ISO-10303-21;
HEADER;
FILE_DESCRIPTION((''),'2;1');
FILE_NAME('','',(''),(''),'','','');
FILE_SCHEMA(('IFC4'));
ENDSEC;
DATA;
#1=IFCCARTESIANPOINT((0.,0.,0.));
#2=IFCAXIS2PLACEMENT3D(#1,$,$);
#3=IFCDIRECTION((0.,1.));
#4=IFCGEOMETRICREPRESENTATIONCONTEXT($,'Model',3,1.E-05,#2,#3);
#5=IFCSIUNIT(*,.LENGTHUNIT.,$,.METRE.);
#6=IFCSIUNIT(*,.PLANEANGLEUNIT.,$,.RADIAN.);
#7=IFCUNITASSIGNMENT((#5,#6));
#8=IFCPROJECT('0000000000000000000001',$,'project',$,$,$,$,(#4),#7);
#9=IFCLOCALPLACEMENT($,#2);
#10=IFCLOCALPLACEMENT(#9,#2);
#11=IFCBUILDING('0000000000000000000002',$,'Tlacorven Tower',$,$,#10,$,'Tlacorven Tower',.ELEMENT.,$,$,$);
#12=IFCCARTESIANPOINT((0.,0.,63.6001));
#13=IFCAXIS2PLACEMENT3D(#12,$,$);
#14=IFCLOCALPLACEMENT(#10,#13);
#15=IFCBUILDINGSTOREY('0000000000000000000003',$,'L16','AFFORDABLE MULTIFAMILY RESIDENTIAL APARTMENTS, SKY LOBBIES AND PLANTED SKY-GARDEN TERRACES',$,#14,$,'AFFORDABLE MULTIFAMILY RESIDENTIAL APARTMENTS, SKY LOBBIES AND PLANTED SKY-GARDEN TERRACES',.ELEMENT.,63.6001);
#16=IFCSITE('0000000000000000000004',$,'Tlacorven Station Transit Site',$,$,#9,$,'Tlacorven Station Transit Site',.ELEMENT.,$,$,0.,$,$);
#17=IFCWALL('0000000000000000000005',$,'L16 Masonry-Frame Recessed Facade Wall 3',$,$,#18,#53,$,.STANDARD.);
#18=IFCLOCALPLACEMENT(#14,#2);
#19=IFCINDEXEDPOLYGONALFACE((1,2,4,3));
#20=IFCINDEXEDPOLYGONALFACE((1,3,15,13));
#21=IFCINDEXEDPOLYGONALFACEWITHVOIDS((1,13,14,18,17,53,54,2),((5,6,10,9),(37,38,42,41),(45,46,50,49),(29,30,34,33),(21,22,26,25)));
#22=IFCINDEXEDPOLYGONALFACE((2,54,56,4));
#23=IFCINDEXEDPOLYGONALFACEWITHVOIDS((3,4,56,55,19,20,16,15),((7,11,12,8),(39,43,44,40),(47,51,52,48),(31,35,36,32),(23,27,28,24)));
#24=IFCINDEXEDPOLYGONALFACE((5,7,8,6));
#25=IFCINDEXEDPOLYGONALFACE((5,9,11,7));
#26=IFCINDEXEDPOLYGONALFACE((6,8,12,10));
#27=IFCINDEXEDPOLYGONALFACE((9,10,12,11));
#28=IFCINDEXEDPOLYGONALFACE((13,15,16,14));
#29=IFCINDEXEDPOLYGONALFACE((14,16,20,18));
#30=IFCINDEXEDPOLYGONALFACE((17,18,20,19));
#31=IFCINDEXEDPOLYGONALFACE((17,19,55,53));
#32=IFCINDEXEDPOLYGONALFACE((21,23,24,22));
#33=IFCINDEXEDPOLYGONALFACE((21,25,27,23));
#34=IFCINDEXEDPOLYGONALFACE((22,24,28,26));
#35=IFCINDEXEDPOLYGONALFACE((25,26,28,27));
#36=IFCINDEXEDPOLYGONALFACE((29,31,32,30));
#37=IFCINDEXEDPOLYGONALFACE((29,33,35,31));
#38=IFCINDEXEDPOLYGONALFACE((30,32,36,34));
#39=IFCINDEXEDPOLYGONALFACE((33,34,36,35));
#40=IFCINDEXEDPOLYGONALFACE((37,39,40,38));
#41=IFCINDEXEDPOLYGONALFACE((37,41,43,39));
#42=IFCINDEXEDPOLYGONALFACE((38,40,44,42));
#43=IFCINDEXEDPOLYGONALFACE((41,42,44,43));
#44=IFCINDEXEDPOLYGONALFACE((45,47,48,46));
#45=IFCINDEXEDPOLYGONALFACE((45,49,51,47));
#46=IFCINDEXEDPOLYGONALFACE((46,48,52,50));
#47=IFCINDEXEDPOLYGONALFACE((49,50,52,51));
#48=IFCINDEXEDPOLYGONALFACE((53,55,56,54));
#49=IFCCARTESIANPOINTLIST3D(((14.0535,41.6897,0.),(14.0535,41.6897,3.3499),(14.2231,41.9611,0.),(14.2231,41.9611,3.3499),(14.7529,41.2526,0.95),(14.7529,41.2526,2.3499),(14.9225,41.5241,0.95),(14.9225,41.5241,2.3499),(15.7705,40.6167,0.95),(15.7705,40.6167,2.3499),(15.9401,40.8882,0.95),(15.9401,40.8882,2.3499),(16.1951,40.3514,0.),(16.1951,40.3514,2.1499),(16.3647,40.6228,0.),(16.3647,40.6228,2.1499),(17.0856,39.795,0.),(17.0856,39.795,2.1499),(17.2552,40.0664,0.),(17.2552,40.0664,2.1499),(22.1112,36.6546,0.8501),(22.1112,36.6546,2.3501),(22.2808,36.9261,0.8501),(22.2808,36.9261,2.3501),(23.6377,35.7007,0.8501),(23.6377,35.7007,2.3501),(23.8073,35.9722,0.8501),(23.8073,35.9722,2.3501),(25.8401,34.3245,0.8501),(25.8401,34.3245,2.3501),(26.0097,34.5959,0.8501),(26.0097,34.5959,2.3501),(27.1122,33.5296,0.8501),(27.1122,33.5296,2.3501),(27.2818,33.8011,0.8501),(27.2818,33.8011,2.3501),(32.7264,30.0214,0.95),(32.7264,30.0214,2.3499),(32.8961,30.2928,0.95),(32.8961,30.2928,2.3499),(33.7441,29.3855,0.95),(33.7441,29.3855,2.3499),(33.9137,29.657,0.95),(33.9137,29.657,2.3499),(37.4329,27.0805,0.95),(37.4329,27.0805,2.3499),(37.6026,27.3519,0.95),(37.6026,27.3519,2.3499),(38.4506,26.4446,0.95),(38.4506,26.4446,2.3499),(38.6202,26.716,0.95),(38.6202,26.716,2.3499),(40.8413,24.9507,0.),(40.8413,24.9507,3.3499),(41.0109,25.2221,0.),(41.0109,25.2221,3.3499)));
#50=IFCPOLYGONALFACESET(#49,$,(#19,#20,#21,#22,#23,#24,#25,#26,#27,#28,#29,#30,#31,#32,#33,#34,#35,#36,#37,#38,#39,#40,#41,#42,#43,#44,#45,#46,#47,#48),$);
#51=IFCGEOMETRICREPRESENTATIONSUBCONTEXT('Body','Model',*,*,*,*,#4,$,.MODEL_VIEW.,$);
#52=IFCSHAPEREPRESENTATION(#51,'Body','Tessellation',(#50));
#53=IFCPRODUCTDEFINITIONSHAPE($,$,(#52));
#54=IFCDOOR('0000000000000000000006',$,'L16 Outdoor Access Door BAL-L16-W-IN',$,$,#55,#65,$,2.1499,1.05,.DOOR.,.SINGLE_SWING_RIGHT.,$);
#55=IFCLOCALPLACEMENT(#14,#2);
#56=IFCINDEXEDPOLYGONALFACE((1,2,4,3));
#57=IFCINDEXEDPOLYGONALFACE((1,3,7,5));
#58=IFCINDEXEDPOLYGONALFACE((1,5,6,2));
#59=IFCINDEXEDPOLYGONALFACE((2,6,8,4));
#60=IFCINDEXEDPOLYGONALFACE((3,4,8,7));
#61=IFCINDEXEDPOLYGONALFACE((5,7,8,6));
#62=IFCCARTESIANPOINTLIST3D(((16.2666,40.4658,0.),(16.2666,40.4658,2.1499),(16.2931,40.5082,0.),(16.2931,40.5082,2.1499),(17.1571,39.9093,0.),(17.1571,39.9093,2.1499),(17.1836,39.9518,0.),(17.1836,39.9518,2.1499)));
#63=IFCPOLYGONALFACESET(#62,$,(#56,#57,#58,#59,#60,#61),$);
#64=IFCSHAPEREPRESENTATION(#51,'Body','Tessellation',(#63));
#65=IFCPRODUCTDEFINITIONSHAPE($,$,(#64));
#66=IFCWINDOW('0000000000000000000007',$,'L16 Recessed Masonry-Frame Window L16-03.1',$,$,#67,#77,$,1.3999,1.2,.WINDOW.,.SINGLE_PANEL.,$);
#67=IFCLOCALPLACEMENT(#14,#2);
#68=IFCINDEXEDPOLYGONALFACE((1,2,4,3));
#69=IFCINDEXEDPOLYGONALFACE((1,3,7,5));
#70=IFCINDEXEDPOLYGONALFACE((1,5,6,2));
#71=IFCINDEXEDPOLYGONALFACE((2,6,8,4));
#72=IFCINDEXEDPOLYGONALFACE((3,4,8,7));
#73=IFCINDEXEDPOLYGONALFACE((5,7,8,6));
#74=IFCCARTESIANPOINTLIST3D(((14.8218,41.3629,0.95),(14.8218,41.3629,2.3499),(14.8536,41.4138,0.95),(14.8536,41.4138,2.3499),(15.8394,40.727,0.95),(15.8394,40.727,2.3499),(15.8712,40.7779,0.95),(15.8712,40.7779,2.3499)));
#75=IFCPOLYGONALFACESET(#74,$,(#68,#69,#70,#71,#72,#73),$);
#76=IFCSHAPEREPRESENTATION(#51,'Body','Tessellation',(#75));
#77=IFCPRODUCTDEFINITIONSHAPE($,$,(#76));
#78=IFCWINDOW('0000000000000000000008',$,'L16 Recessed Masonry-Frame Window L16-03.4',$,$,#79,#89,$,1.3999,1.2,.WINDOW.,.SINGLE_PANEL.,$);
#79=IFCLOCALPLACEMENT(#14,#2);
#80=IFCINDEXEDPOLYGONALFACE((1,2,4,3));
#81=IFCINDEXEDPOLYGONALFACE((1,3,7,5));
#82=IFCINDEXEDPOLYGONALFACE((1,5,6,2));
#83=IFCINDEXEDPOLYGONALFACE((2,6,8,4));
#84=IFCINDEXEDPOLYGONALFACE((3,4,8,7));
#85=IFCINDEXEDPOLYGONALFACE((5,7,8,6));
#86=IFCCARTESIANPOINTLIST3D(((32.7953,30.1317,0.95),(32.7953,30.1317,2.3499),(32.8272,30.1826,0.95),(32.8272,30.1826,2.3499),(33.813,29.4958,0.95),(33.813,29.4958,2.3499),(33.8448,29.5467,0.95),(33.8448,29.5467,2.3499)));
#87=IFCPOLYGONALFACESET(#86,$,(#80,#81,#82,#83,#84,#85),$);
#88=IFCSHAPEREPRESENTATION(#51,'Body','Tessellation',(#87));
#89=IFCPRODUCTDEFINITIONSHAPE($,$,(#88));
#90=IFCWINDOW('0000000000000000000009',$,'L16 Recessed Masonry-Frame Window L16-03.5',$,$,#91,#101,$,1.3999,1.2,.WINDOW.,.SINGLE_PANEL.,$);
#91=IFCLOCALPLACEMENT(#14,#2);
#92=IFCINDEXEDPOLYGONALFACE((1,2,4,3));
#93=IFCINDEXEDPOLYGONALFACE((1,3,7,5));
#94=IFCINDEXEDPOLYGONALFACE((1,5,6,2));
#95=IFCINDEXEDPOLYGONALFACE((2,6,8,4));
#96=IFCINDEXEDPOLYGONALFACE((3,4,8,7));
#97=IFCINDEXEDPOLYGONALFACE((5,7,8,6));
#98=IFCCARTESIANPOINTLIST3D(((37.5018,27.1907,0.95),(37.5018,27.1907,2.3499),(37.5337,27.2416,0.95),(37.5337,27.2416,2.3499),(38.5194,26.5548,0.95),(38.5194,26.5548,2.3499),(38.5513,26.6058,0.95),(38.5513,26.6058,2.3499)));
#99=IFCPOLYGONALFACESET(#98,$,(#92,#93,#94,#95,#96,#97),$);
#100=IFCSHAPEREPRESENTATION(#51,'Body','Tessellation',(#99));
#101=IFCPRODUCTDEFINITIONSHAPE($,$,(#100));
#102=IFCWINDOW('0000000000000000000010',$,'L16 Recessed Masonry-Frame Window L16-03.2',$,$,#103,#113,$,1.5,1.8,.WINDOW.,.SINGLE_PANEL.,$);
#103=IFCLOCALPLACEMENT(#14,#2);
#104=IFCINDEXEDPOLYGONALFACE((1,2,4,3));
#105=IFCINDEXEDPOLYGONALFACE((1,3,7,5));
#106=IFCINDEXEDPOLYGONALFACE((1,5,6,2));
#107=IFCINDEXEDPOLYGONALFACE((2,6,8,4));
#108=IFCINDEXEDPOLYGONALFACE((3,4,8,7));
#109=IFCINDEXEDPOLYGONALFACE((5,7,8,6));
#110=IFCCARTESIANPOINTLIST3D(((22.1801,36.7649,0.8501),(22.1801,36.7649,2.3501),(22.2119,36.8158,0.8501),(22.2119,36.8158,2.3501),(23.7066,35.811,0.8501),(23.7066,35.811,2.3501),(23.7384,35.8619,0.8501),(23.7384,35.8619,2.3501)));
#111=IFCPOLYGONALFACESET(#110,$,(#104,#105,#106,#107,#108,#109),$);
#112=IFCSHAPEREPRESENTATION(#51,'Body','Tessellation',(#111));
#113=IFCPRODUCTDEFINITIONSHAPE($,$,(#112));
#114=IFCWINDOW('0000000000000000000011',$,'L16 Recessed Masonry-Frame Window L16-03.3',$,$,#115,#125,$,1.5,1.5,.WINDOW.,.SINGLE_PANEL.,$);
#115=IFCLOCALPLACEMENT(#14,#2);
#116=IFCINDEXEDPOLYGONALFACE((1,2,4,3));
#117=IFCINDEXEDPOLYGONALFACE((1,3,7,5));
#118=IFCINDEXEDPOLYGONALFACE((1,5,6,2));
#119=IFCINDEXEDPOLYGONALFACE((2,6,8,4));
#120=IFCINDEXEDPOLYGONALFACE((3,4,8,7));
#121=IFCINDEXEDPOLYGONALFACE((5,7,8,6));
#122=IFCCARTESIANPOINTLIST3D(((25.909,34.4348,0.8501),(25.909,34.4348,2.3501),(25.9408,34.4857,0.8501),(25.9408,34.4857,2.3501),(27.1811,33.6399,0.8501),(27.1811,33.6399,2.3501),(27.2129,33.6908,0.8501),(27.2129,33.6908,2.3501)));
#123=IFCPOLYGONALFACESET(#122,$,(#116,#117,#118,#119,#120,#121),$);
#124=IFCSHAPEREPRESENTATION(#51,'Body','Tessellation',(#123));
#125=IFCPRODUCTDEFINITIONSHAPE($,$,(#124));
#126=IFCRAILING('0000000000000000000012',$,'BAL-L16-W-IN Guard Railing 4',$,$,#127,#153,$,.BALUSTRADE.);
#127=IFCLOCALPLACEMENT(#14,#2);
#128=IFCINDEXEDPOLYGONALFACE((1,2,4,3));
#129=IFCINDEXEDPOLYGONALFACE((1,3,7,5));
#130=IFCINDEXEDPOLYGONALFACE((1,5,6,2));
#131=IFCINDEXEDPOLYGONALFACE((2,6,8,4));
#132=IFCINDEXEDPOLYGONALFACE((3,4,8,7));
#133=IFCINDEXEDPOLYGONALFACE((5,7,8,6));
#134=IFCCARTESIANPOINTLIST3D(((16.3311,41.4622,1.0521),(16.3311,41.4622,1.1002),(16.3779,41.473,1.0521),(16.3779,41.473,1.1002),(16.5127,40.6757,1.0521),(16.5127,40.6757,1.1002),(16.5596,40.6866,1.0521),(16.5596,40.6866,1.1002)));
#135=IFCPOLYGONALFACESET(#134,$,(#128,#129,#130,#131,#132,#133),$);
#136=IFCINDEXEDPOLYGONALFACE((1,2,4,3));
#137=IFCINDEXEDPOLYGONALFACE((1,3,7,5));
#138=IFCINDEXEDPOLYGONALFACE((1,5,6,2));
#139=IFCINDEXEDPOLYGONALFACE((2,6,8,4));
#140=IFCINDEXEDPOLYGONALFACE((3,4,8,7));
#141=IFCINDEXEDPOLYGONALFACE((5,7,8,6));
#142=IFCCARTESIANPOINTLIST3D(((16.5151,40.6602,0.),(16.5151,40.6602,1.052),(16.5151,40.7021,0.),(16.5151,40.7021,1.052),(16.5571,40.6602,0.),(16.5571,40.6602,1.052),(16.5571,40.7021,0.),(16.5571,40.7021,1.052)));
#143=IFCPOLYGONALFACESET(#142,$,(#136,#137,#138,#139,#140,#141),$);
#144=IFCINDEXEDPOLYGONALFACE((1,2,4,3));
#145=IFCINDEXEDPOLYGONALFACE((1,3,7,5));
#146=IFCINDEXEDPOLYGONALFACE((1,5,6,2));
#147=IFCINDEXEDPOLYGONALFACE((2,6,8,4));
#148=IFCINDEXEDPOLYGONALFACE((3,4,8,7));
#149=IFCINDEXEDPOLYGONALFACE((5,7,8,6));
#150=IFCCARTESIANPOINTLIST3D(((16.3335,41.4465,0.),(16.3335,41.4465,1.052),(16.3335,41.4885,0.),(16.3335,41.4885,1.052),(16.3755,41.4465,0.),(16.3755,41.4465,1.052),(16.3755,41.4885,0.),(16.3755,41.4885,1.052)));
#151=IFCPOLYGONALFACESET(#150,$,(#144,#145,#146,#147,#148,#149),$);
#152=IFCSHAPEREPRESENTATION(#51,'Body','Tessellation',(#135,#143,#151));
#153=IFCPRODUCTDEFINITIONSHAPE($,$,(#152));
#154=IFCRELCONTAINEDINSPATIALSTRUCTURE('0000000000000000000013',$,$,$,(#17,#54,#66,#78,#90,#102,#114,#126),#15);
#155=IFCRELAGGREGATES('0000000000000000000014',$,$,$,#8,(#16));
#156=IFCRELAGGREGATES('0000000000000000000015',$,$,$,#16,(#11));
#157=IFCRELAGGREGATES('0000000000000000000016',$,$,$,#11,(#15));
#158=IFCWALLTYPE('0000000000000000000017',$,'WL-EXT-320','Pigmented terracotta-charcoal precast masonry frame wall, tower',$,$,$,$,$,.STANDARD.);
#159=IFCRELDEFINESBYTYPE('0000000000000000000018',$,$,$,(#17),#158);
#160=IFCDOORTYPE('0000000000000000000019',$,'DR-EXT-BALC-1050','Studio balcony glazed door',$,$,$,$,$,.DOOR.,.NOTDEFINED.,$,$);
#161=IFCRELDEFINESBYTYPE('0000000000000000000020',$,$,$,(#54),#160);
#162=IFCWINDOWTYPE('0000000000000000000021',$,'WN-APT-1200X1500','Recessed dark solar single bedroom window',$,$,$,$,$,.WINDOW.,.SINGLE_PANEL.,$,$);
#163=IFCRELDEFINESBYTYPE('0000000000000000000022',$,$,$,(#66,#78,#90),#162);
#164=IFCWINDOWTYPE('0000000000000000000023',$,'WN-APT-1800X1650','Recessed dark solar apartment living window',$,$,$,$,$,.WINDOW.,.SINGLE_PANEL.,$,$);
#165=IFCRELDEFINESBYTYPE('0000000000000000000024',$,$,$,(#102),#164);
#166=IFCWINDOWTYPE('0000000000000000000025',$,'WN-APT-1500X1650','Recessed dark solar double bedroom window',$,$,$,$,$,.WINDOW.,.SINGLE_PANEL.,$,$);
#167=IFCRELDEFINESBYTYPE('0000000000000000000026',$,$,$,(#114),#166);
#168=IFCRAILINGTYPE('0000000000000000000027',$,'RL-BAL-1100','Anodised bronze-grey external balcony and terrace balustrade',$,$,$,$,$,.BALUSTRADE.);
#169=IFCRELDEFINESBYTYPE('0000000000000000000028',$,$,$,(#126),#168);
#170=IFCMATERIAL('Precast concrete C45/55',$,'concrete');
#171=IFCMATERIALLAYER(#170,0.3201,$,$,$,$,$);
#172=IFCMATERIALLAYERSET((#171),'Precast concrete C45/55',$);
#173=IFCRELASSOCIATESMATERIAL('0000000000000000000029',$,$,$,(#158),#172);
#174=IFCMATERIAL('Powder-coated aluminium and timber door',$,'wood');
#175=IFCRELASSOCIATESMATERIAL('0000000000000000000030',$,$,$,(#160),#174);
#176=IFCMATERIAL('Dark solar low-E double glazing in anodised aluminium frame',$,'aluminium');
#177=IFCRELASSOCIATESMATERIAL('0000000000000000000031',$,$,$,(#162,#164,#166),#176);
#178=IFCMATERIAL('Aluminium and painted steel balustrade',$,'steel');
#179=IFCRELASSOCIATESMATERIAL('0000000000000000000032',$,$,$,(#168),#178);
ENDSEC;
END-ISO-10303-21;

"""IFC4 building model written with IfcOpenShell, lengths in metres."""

from ifc_helpers import new_model, si_unit, direction, frame, frame_2d, origin, origin_2d, place, context, subcontext, project, spatial, rectangle, extrude, source, transform, mapped, material, layer, layer_set, type_object, element, fill, save


model = new_model("IFC4")

# Units and contexts
model_context = context("Model", 3, precision=1e-05, world=origin(), true_north=direction((0.0, 1.0)))
body_context = subcontext(model_context, "Body", "Model", "MODEL_VIEW")
ifc_project = project(units=[si_unit("LENGTHUNIT", "METRE"), si_unit("PLANEANGLEUNIT", "RADIAN")], contexts=[model_context])

# Site, building, storey
site_placement = place(None, origin())
site = spatial("IfcSite", under=ifc_project, at=site_placement, Name="Tlacorven Station Transit Site", LongName="Tlacorven Station Transit Site", CompositionType="ELEMENT", RefElevation=0.0)
building_placement = place(site_placement, origin())
building = spatial("IfcBuilding", under=site, at=building_placement, Name="Tlacorven Tower", LongName="Tlacorven Tower", CompositionType="ELEMENT")
storey_placement = place(building_placement, frame((0.0, 0.0, 63.6001)))
storey = spatial("IfcBuildingStorey", under=building, at=storey_placement, Name="L16", Description="AFFORDABLE MULTIFAMILY RESIDENTIAL APARTMENTS, SKY LOBBIES AND PLANTED SKY-GARDEN TERRACES", LongName="AFFORDABLE MULTIFAMILY RESIDENTIAL APARTMENTS, SKY LOBBIES AND PLANTED SKY-GARDEN TERRACES", CompositionType="ELEMENT", Elevation=63.6001)

# Wall, openings, door, windows
ifc_material_1 = material(Name="Precast concrete C45/55", Category="concrete")
ifc_layer_1 = layer(ifc_material_1, 0.3201)
ifc_layer_set_1 = layer_set([ifc_layer_1], Name="Precast concrete C45/55")
wall_type_1 = type_object("IfcWallType", Name="WL-EXT-320", Description="Pigmented terracotta-charcoal precast masonry frame wall, tower", PredefinedType="STANDARD", material=ifc_layer_set_1)
wall_1_placement = place(storey_placement, frame((14.1382, 41.8254, 0.0), z_axis=(0.0, 0.0, 1.0), x_axis=(0.848046, -0.529922, 0.0)))
wall_1 = element("IfcWall", 1, at=wall_1_placement, inside=storey, type_object=wall_type_1, Name="L16 Masonry-Frame Recessed Facade Wall 3", PredefinedType="STANDARD", context=body_context, shape_type="SweptSolid", body=[
    extrude(rectangle(XDim=31.5876, YDim=0.3201, at=frame_2d((15.7939, 0.0))), origin(), (0.0, 0.0, 1.0), 3.3499),
])
opening_1_placement = place(wall_1_placement, frame((2.5256, 0.0, 0.0)))
opening_1 = element("IfcOpeningElement", 2, at=opening_1_placement, cuts=wall_1, PredefinedType="OPENING", context=body_context, shape_type="SweptSolid", body=[
    extrude(rectangle(XDim=1.05, YDim=2.1499, at=frame_2d((0.5249, 1.075))), frame((0.0, 0.1699, 0.0), z_axis=(0.0, -1.0, 0.0), x_axis=(1.0, 0.0, 0.0)), (0.0, 0.0, 1.0), 0.3401),
])
opening_2_placement = place(wall_1_placement, frame((0.8247, 0.0, 0.95)))
opening_2 = element("IfcOpeningElement", 3, at=opening_2_placement, cuts=wall_1, PredefinedType="OPENING", context=body_context, shape_type="SweptSolid", body=[
    extrude(rectangle(XDim=1.2, YDim=1.3999, at=frame_2d((0.6001, 0.7))), frame((0.0, 0.1699, 0.0), z_axis=(0.0, -1.0, 0.0), x_axis=(1.0, 0.0, 0.0)), (0.0, 0.0, 1.0), 0.3401),
])
opening_3_placement = place(wall_1_placement, frame((9.5017, 0.0, 0.8501)))
opening_3 = element("IfcOpeningElement", 4, at=opening_3_placement, cuts=wall_1, PredefinedType="OPENING", context=body_context, shape_type="SweptSolid", body=[
    extrude(rectangle(XDim=1.8, YDim=1.5, at=frame_2d((0.8999, 0.75))), frame((0.0, 0.1699, 0.0), z_axis=(0.0, -1.0, 0.0), x_axis=(1.0, 0.0, 0.0)), (0.0, 0.0, 1.0), 0.3401),
])
opening_4_placement = place(wall_1_placement, frame((13.8987, 0.0, 0.8501)))
opening_4 = element("IfcOpeningElement", 5, at=opening_4_placement, cuts=wall_1, PredefinedType="OPENING", context=body_context, shape_type="SweptSolid", body=[
    extrude(rectangle(XDim=1.5, YDim=1.5, at=frame_2d((0.75, 0.75))), frame((0.0, 0.1699, 0.0), z_axis=(0.0, -1.0, 0.0), x_axis=(1.0, 0.0, 0.0)), (0.0, 0.0, 1.0), 0.3401),
])
opening_5_placement = place(wall_1_placement, frame((22.0188, 0.0, 0.95)))
opening_5 = element("IfcOpeningElement", 6, at=opening_5_placement, cuts=wall_1, PredefinedType="OPENING", context=body_context, shape_type="SweptSolid", body=[
    extrude(rectangle(XDim=1.2, YDim=1.3999, at=frame_2d((0.6001, 0.7))), frame((0.0, 0.1699, 0.0), z_axis=(0.0, -1.0, 0.0), x_axis=(1.0, 0.0, 0.0)), (0.0, 0.0, 1.0), 0.3401),
])
opening_6_placement = place(wall_1_placement, frame((27.5686, 0.0, 0.95)))
opening_6 = element("IfcOpeningElement", 7, at=opening_6_placement, cuts=wall_1, PredefinedType="OPENING", context=body_context, shape_type="SweptSolid", body=[
    extrude(rectangle(XDim=1.2, YDim=1.3999, at=frame_2d((0.6001, 0.7))), frame((0.0, 0.1699, 0.0), z_axis=(0.0, -1.0, 0.0), x_axis=(1.0, 0.0, 0.0)), (0.0, 0.0, 1.0), 0.3401),
])
ifc_material_2 = material(Name="Powder-coated aluminium and timber door", Category="wood")
door_type = type_object("IfcDoorType", Name="DR-EXT-BALC-1050", Description="Studio balcony glazed door", OperationType="NOTDEFINED", PredefinedType="DOOR", material=ifc_material_2)
shared_shape_1 = source(origin(), body_context, "Body", "SweptSolid", [
    extrude(rectangle(XDim=1.05, YDim=2.1499, at=frame_2d((0.5249, 1.075))), frame((0.0, 0.0249, 0.0), z_axis=(0.0, -1.0, 0.0), x_axis=(1.0, 0.0, 0.0)), (0.0, 0.0, 1.0), 0.05),
])
door_placement = place(opening_1_placement, origin())
door = element("IfcDoor", 8, at=door_placement, inside=storey, type_object=door_type, Name="L16 Outdoor Access Door BAL-L16-W-IN", OperationType="SINGLE_SWING_RIGHT", OverallHeight=2.1499, OverallWidth=1.05, PredefinedType="DOOR", context=body_context, shape_type="MappedRepresentation", body=[
    mapped(shared_shape_1, transform((0.0, 0.0, 0.0), scale=1.0)),
])
fill(opening_1, door)
ifc_material_3 = material(Name="Dark solar low-E double glazing in anodised aluminium frame", Category="aluminium")
window_type_1 = type_object("IfcWindowType", Name="WN-APT-1200X1500", Description="Recessed dark solar single bedroom window", PartitioningType="SINGLE_PANEL", PredefinedType="WINDOW", material=ifc_material_3)
shared_shape_2 = source(origin(), body_context, "Body", "SweptSolid", [
    extrude(rectangle(XDim=1.2, YDim=1.3999, at=frame_2d((0.6001, 0.7))), frame((0.0, 0.03, 0.0), z_axis=(0.0, -1.0, 0.0), x_axis=(1.0, 0.0, 0.0)), (0.0, 0.0, 1.0), 0.0601),
])
window_1_placement = place(opening_2_placement, origin())
window_1 = element("IfcWindow", 9, at=window_1_placement, inside=storey, type_object=window_type_1, Name="L16 Recessed Masonry-Frame Window L16-03.1", OverallHeight=1.3999, OverallWidth=1.2, PartitioningType="SINGLE_PANEL", PredefinedType="WINDOW", context=body_context, shape_type="MappedRepresentation", body=[
    mapped(shared_shape_2, transform((0.0, 0.0, 0.0), scale=1.0)),
])
fill(opening_2, window_1)
window_2_placement = place(opening_5_placement, origin())
window_2 = element("IfcWindow", 10, at=window_2_placement, inside=storey, type_object=window_type_1, Name="L16 Recessed Masonry-Frame Window L16-03.4", OverallHeight=1.3999, OverallWidth=1.2, PartitioningType="SINGLE_PANEL", PredefinedType="WINDOW", context=body_context, shape_type="MappedRepresentation", body=[
    mapped(shared_shape_2, transform((0.0, 0.0, 0.0), scale=1.0)),
])
fill(opening_5, window_2)
window_3_placement = place(opening_6_placement, origin())
window_3 = element("IfcWindow", 11, at=window_3_placement, inside=storey, type_object=window_type_1, Name="L16 Recessed Masonry-Frame Window L16-03.5", OverallHeight=1.3999, OverallWidth=1.2, PartitioningType="SINGLE_PANEL", PredefinedType="WINDOW", context=body_context, shape_type="MappedRepresentation", body=[
    mapped(shared_shape_2, transform((0.0, 0.0, 0.0), scale=1.0)),
])
fill(opening_6, window_3)
window_type_2 = type_object("IfcWindowType", Name="WN-APT-1800X1650", Description="Recessed dark solar apartment living window", PartitioningType="SINGLE_PANEL", PredefinedType="WINDOW", material=ifc_material_3)
shared_shape_3 = source(origin(), body_context, "Body", "SweptSolid", [
    extrude(rectangle(XDim=1.8, YDim=1.5, at=frame_2d((0.8999, 0.75))), frame((0.0, 0.03, 0.0), z_axis=(0.0, -1.0, 0.0), x_axis=(1.0, 0.0, 0.0)), (0.0, 0.0, 1.0), 0.0601),
])
window_4_placement = place(opening_3_placement, origin())
window_4 = element("IfcWindow", 12, at=window_4_placement, inside=storey, type_object=window_type_2, Name="L16 Recessed Masonry-Frame Window L16-03.2", OverallHeight=1.5, OverallWidth=1.8, PartitioningType="SINGLE_PANEL", PredefinedType="WINDOW", context=body_context, shape_type="MappedRepresentation", body=[
    mapped(shared_shape_3, transform((0.0, 0.0, 0.0), scale=1.0)),
])
fill(opening_3, window_4)
window_type_3 = type_object("IfcWindowType", Name="WN-APT-1500X1650", Description="Recessed dark solar double bedroom window", PartitioningType="SINGLE_PANEL", PredefinedType="WINDOW", material=ifc_material_3)
shared_shape_4 = source(origin(), body_context, "Body", "SweptSolid", [
    extrude(rectangle(XDim=1.5, YDim=1.5, at=frame_2d((0.75, 0.75))), frame((0.0, 0.03, 0.0), z_axis=(0.0, -1.0, 0.0), x_axis=(1.0, 0.0, 0.0)), (0.0, 0.0, 1.0), 0.0601),
])
window_5_placement = place(opening_4_placement, origin())
window_5 = element("IfcWindow", 13, at=window_5_placement, inside=storey, type_object=window_type_3, Name="L16 Recessed Masonry-Frame Window L16-03.3", OverallHeight=1.5, OverallWidth=1.5, PartitioningType="SINGLE_PANEL", PredefinedType="WINDOW", context=body_context, shape_type="MappedRepresentation", body=[
    mapped(shared_shape_4, transform((0.0, 0.0, 0.0), scale=1.0)),
])
fill(opening_4, window_5)

# Railing
ifc_material_4 = material(Name="Aluminium and painted steel balustrade", Category="steel")
railing_type = type_object("IfcRailingType", Name="RL-BAL-1100", Description="Anodised bronze-grey external balcony and terrace balustrade", PredefinedType="BALUSTRADE", material=ifc_material_4)
shared_shape_5 = source(origin(), body_context, "Body", "SweptSolid", [
    extrude(rectangle(XDim=0.0481, YDim=0.0481, at=origin_2d()), frame((0.0, 0.0, 1.0762), z_axis=(-0.225058, 0.974345, 0.0), x_axis=(-0.974345, -0.225058, 0.0)), (0.0, 0.0, 1.0), 0.8071),
    extrude(rectangle(XDim=0.042, YDim=0.042, at=origin_2d()), origin(), (0.0, 0.0, 1.0), 1.052),
    extrude(rectangle(XDim=0.042, YDim=0.042, at=origin_2d()), frame((-0.1816, 0.7864, 0.0)), (0.0, 0.0, 1.0), 1.052),
])
railing_1_placement = place(storey_placement, frame((16.5361, 40.6812, 0.0)))
element("IfcRailing", 14, at=railing_1_placement, inside=storey, type_object=railing_type, Name="BAL-L16-W-IN Guard Railing 4", PredefinedType="BALUSTRADE", context=body_context, shape_type="MappedRepresentation", body=[
    mapped(shared_shape_5, transform((0.0, 0.0, 0.0), scale=1.0)),
])

save(model, "model.ifc")
